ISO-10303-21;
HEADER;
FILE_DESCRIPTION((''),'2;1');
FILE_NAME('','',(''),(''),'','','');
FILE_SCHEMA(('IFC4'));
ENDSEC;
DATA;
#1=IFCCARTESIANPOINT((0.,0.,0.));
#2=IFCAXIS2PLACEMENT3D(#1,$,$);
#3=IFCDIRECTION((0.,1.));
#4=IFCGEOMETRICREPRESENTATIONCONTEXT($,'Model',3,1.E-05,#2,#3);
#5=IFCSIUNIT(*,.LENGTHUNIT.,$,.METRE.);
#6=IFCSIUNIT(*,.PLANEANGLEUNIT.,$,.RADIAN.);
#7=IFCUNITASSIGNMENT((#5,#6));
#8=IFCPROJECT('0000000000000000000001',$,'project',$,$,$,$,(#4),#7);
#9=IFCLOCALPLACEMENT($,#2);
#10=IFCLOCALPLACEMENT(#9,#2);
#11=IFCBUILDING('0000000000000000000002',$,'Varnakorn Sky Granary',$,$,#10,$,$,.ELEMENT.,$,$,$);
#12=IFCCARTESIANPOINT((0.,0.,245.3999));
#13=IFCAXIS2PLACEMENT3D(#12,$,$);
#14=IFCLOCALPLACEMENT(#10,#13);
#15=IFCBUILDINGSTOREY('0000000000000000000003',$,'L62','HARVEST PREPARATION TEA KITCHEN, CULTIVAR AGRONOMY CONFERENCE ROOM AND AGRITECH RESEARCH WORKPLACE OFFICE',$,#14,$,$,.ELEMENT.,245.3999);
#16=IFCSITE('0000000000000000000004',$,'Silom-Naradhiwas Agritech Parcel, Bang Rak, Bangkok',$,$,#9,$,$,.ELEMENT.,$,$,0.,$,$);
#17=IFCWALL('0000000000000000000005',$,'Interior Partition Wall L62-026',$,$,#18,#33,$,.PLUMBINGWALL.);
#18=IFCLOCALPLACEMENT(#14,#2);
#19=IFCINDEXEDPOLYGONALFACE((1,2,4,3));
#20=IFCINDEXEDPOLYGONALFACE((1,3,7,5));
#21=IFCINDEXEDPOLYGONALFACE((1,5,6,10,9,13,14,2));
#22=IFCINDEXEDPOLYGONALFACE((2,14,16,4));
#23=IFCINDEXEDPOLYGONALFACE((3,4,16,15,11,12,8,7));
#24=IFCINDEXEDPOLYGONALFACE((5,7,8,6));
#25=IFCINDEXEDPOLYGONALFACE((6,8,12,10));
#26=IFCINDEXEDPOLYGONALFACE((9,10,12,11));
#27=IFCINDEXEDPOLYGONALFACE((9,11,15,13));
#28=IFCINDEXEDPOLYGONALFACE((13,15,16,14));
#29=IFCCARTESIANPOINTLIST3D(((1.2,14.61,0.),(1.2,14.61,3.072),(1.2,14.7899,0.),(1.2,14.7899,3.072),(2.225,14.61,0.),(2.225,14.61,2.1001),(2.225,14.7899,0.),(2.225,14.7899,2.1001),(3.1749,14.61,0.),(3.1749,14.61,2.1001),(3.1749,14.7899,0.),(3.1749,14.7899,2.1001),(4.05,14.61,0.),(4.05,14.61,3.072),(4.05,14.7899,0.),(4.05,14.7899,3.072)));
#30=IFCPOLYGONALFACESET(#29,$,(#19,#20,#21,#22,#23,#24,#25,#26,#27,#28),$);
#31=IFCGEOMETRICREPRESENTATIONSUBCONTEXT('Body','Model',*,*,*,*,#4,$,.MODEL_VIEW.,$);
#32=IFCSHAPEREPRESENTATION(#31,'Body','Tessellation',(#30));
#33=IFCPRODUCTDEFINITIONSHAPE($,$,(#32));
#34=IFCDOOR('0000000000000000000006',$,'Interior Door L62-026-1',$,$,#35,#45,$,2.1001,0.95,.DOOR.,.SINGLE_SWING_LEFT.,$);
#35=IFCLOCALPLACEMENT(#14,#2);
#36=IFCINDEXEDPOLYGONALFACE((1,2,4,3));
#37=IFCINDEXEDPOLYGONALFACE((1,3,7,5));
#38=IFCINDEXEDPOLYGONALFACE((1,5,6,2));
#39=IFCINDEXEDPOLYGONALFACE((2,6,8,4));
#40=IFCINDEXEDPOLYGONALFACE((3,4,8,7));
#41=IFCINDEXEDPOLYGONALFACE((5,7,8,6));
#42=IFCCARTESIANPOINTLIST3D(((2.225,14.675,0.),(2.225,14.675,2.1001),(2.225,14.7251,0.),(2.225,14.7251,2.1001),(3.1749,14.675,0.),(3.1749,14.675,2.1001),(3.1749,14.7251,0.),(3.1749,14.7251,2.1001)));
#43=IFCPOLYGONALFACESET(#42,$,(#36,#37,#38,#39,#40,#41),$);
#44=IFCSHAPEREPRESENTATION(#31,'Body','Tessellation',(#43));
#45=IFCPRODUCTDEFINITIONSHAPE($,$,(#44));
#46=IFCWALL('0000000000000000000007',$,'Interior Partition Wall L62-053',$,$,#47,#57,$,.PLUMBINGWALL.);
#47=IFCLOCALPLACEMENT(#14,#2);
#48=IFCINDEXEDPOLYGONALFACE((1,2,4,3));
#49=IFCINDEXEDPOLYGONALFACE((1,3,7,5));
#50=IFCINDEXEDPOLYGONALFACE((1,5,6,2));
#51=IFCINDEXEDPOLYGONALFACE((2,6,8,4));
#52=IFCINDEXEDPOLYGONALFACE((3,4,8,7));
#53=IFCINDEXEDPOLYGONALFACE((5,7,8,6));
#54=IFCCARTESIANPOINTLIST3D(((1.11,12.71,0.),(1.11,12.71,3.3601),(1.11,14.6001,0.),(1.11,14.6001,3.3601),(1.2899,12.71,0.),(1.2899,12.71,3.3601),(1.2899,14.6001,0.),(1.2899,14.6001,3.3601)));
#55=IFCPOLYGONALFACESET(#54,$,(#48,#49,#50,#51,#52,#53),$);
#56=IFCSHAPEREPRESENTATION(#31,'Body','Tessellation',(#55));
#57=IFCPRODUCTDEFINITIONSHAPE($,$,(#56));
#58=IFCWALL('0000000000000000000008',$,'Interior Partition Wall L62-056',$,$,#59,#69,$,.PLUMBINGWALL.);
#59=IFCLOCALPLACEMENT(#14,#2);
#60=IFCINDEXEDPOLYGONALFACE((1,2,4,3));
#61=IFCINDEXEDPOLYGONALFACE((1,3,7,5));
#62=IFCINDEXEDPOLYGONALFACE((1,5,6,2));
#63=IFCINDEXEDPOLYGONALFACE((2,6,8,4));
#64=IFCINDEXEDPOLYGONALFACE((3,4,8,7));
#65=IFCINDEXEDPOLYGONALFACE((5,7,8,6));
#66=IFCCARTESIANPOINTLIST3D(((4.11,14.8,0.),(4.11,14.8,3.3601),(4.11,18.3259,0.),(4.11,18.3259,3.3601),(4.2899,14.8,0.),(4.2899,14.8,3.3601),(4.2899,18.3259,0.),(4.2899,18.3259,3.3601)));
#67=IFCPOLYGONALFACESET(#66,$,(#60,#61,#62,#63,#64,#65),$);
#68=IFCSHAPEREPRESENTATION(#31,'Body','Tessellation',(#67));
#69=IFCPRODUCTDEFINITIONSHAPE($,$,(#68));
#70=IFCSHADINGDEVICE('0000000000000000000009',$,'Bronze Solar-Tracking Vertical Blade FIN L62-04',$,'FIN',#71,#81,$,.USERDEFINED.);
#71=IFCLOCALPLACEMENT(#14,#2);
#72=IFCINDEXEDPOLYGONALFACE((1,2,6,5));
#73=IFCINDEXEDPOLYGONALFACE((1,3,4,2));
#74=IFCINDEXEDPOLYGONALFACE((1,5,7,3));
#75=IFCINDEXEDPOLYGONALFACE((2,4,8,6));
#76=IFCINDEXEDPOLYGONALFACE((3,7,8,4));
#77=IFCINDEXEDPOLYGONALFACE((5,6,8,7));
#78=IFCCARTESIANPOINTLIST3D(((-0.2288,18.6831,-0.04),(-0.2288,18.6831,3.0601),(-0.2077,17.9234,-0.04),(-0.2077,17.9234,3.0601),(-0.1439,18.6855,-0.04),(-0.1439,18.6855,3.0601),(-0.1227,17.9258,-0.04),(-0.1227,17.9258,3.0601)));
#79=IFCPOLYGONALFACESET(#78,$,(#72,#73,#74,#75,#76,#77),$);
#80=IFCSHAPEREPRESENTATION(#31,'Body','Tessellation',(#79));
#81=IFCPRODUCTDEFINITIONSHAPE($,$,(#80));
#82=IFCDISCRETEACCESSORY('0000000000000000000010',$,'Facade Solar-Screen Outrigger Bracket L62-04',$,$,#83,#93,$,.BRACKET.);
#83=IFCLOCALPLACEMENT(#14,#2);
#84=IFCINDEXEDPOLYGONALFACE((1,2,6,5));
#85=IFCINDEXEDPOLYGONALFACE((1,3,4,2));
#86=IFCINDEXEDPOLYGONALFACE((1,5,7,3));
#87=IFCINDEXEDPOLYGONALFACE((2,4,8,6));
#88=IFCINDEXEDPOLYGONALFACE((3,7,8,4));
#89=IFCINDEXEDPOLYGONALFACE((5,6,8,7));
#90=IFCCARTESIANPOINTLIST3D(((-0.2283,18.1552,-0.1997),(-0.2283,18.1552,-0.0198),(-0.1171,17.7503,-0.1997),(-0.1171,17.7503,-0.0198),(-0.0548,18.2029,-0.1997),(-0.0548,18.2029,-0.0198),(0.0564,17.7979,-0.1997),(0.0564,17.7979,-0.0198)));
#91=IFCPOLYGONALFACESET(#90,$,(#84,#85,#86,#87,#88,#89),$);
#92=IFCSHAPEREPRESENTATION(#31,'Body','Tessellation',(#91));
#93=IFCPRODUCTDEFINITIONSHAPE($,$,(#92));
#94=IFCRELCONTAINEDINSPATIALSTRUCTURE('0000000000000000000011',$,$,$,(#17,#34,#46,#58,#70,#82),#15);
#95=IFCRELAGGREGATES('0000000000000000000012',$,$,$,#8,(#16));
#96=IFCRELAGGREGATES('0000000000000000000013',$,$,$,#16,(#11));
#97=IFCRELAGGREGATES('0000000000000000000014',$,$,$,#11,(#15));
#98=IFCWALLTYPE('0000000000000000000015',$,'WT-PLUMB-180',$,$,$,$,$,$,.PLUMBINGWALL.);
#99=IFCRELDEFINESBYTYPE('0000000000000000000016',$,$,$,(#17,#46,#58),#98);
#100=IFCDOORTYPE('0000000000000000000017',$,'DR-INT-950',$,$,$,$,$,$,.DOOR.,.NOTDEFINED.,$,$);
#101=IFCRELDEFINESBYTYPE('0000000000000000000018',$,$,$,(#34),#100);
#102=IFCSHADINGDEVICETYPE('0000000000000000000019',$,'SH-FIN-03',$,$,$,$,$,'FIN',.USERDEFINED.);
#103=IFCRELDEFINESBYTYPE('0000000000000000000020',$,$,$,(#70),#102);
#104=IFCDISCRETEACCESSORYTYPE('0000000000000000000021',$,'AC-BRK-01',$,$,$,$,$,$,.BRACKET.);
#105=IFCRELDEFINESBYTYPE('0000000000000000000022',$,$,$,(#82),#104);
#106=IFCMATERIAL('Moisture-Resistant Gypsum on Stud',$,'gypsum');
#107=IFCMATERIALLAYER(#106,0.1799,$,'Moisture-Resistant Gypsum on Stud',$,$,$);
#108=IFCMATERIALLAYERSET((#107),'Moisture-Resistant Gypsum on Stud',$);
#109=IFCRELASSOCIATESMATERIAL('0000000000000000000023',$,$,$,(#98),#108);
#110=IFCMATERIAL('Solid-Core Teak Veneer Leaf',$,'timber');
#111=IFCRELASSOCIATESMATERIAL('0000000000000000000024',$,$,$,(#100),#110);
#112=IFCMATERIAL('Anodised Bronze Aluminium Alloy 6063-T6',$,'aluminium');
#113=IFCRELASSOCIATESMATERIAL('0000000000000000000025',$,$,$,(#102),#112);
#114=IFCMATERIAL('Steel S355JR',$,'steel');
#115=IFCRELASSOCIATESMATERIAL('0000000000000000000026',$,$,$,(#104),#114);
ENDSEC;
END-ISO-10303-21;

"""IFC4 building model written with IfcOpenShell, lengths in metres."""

from ifc_helpers import new_model, si_unit, direction, frame, frame_2d, origin, origin_2d, place, context, subcontext, project, spatial, rectangle, extrude, source, transform, mapped, material, layer, layer_set, type_object, type_shapes, element, fill, save


model = new_model("IFC4")

# Units and contexts
model_context = context("Model", 3, precision=1e-05, world=origin(), true_north=direction((0.0, 1.0)))
body_context = subcontext(model_context, "Body", "Model", "MODEL_VIEW")
ifc_project = project(units=[si_unit("LENGTHUNIT", "METRE"), si_unit("PLANEANGLEUNIT", "RADIAN")], contexts=[model_context])

# Site, building, storey
site_placement = place(None, origin())
site = spatial("IfcSite", under=ifc_project, at=site_placement, Name="Silom-Naradhiwas Agritech Parcel, Bang Rak, Bangkok", CompositionType="ELEMENT", RefElevation=0.0)
building_placement = place(site_placement, origin())
building = spatial("IfcBuilding", under=site, at=building_placement, Name="Varnakorn Sky Granary", CompositionType="ELEMENT")
storey_placement = place(building_placement, frame((0.0, 0.0, 245.3999)))
storey = spatial("IfcBuildingStorey", under=building, at=storey_placement, Name="L62", Description="HARVEST PREPARATION TEA KITCHEN, CULTIVAR AGRONOMY CONFERENCE ROOM AND AGRITECH RESEARCH WORKPLACE OFFICE", CompositionType="ELEMENT", Elevation=245.3999)

# Shared definitions
ifc_material_1 = material(Name="Steel S355JR", Category="steel")

# Shared definitions
ifc_material_2 = material(Name="Anodised Bronze Aluminium Alloy 6063-T6", Category="aluminium")

# Wall, opening, door
ifc_material_3 = material(Name="Moisture-Resistant Gypsum on Stud", Category="gypsum")
ifc_layer_1 = layer(ifc_material_3, 0.1799, Name="Moisture-Resistant Gypsum on Stud")
ifc_layer_set_1 = layer_set([ifc_layer_1], Name="Moisture-Resistant Gypsum on Stud")
wall_type_1 = type_object("IfcWallType", Name="WT-PLUMB-180", PredefinedType="PLUMBINGWALL", material=ifc_layer_set_1)
wall_1_placement = place(storey_placement, frame((4.05, 14.7, 0.0), z_axis=(0.0, 0.0, 1.0), x_axis=(-1.0, 0.0, 0.0)))
wall_1 = element("IfcWall", 1, at=wall_1_placement, inside=storey, type_object=wall_type_1, Name="Interior Partition Wall L62-026", PredefinedType="PLUMBINGWALL", context=body_context, shape_type="SweptSolid", body=[
    extrude(rectangle(XDim=2.8501, YDim=0.1799, at=frame_2d((1.425, 0.0))), origin(), (0.0, 0.0, 1.0), 3.072),
])
opening_1_placement = place(wall_1_placement, frame((0.875, 0.0, 0.0)))
opening_1 = element("IfcOpeningElement", 2, at=opening_1_placement, cuts=wall_1, PredefinedType="OPENING", context=body_context, shape_type="SweptSolid", body=[
    extrude(rectangle(XDim=0.95, YDim=2.1001, at=frame_2d((0.4751, 1.05))), frame((0.0, 0.1001, 0.0), z_axis=(0.0, -1.0, 0.0), x_axis=(1.0, 0.0, 0.0)), (0.0, 0.0, 1.0), 0.2),
])
ifc_material_4 = material(Name="Solid-Core Teak Veneer Leaf", Category="timber")
door_type_1 = type_object("IfcDoorType", Name="DR-INT-950", OperationType="NOTDEFINED", PredefinedType="DOOR", material=ifc_material_4)
door_1_placement = place(opening_1_placement, origin())
door_1 = element("IfcDoor", 3, at=door_1_placement, inside=storey, type_object=door_type_1, Name="Interior Door L62-026-1", OperationType="SINGLE_SWING_LEFT", OverallHeight=2.1001, OverallWidth=0.95, PredefinedType="DOOR", context=body_context, shape_type="SweptSolid", body=[
    extrude(rectangle(XDim=0.95, YDim=2.1001, at=frame_2d((0.4751, 1.05))), frame((0.0, 0.0249, 0.0), z_axis=(0.0, -1.0, 0.0), x_axis=(1.0, 0.0, 0.0)), (0.0, 0.0, 1.0), 0.05),
])
fill(opening_1, door_1)

# Walls
wall_2_placement = place(storey_placement, frame((1.2, 14.6001, 0.0), z_axis=(0.0, 0.0, 1.0), x_axis=(0.0, -1.0, 0.0)))
element("IfcWall", 4, at=wall_2_placement, inside=storey, type_object=wall_type_1, Name="Interior Partition Wall L62-053", PredefinedType="PLUMBINGWALL", context=body_context, shape_type="SweptSolid", body=[
    extrude(rectangle(XDim=1.8901, YDim=0.1799, at=frame_2d((0.9451, 0.0))), origin(), (0.0, 0.0, 1.0), 3.3601),
])
wall_3_placement = place(storey_placement, frame((4.2, 18.3259, 0.0), z_axis=(0.0, 0.0, 1.0), x_axis=(0.0, -1.0, 0.0)))
element("IfcWall", 5, at=wall_3_placement, inside=storey, type_object=wall_type_1, Name="Interior Partition Wall L62-056", PredefinedType="PLUMBINGWALL", context=body_context, shape_type="SweptSolid", body=[
    extrude(rectangle(XDim=3.5259, YDim=0.1799, at=frame_2d((1.7629, 0.0))), origin(), (0.0, 0.0, 1.0), 3.3601),
])

# Shading device
shading_device_type = type_object("IfcShadingDeviceType", Name="SH-FIN-03", ElementType="FIN", PredefinedType="USERDEFINED", material=ifc_material_2)
shared_shape_1 = source(origin(), body_context, "Body", "SweptSolid", [
    extrude(rectangle(XDim=0.085, YDim=0.76, at=origin_2d()), origin(), (0.0, 0.0, 1.0), 3.1001),
])
type_shapes(shading_device_type, [shared_shape_1])
shading_device_placement = place(storey_placement, frame((-0.1758, 18.3044, -0.04), z_axis=(0.0, 0.0, 1.0), x_axis=(-0.999612, -0.027866, 0.0)))
element("IfcShadingDevice", 6, at=shading_device_placement, inside=storey, type_object=shading_device_type, Name="Bronze Solar-Tracking Vertical Blade FIN L62-04", ObjectType="FIN", PredefinedType="USERDEFINED", context=body_context, shape_type="MappedRepresentation", body=[
    mapped(shared_shape_1, transform((0.0, 0.0, 0.0), x_axis=(1.0, 0.0, 0.0), y_axis=(0.0, 1.0, 0.0), z_axis=(0.0, 0.0, 1.0), scale=1.0)),
])

# Discrete accessory
discrete_accessory_type = type_object("IfcDiscreteAccessoryType", Name="AC-BRK-01", PredefinedType="BRACKET", material=ifc_material_1)
shared_shape_2 = source(origin(), body_context, "Body", "SweptSolid", [
    extrude(rectangle(XDim=0.1799, YDim=0.4199, at=origin_2d()), origin(), (0.0, 0.0, 1.0), 0.1799),
])
type_shapes(discrete_accessory_type, [shared_shape_2])
discrete_accessory_placement = place(storey_placement, frame((-0.0859, 17.9766, -0.1997), z_axis=(0.0, 0.0, 1.0), x_axis=(-0.964311, -0.264773, 0.0)))
element("IfcDiscreteAccessory", 7, at=discrete_accessory_placement, inside=storey, type_object=discrete_accessory_type, Name="Facade Solar-Screen Outrigger Bracket L62-04", PredefinedType="BRACKET", context=body_context, shape_type="MappedRepresentation", body=[
    mapped(shared_shape_2, transform((0.0, 0.0, 0.0), x_axis=(1.0, 0.0, 0.0), y_axis=(0.0, 1.0, 0.0), z_axis=(0.0, 0.0, 1.0), scale=1.0)),
])

save(model, "model.ifc")
